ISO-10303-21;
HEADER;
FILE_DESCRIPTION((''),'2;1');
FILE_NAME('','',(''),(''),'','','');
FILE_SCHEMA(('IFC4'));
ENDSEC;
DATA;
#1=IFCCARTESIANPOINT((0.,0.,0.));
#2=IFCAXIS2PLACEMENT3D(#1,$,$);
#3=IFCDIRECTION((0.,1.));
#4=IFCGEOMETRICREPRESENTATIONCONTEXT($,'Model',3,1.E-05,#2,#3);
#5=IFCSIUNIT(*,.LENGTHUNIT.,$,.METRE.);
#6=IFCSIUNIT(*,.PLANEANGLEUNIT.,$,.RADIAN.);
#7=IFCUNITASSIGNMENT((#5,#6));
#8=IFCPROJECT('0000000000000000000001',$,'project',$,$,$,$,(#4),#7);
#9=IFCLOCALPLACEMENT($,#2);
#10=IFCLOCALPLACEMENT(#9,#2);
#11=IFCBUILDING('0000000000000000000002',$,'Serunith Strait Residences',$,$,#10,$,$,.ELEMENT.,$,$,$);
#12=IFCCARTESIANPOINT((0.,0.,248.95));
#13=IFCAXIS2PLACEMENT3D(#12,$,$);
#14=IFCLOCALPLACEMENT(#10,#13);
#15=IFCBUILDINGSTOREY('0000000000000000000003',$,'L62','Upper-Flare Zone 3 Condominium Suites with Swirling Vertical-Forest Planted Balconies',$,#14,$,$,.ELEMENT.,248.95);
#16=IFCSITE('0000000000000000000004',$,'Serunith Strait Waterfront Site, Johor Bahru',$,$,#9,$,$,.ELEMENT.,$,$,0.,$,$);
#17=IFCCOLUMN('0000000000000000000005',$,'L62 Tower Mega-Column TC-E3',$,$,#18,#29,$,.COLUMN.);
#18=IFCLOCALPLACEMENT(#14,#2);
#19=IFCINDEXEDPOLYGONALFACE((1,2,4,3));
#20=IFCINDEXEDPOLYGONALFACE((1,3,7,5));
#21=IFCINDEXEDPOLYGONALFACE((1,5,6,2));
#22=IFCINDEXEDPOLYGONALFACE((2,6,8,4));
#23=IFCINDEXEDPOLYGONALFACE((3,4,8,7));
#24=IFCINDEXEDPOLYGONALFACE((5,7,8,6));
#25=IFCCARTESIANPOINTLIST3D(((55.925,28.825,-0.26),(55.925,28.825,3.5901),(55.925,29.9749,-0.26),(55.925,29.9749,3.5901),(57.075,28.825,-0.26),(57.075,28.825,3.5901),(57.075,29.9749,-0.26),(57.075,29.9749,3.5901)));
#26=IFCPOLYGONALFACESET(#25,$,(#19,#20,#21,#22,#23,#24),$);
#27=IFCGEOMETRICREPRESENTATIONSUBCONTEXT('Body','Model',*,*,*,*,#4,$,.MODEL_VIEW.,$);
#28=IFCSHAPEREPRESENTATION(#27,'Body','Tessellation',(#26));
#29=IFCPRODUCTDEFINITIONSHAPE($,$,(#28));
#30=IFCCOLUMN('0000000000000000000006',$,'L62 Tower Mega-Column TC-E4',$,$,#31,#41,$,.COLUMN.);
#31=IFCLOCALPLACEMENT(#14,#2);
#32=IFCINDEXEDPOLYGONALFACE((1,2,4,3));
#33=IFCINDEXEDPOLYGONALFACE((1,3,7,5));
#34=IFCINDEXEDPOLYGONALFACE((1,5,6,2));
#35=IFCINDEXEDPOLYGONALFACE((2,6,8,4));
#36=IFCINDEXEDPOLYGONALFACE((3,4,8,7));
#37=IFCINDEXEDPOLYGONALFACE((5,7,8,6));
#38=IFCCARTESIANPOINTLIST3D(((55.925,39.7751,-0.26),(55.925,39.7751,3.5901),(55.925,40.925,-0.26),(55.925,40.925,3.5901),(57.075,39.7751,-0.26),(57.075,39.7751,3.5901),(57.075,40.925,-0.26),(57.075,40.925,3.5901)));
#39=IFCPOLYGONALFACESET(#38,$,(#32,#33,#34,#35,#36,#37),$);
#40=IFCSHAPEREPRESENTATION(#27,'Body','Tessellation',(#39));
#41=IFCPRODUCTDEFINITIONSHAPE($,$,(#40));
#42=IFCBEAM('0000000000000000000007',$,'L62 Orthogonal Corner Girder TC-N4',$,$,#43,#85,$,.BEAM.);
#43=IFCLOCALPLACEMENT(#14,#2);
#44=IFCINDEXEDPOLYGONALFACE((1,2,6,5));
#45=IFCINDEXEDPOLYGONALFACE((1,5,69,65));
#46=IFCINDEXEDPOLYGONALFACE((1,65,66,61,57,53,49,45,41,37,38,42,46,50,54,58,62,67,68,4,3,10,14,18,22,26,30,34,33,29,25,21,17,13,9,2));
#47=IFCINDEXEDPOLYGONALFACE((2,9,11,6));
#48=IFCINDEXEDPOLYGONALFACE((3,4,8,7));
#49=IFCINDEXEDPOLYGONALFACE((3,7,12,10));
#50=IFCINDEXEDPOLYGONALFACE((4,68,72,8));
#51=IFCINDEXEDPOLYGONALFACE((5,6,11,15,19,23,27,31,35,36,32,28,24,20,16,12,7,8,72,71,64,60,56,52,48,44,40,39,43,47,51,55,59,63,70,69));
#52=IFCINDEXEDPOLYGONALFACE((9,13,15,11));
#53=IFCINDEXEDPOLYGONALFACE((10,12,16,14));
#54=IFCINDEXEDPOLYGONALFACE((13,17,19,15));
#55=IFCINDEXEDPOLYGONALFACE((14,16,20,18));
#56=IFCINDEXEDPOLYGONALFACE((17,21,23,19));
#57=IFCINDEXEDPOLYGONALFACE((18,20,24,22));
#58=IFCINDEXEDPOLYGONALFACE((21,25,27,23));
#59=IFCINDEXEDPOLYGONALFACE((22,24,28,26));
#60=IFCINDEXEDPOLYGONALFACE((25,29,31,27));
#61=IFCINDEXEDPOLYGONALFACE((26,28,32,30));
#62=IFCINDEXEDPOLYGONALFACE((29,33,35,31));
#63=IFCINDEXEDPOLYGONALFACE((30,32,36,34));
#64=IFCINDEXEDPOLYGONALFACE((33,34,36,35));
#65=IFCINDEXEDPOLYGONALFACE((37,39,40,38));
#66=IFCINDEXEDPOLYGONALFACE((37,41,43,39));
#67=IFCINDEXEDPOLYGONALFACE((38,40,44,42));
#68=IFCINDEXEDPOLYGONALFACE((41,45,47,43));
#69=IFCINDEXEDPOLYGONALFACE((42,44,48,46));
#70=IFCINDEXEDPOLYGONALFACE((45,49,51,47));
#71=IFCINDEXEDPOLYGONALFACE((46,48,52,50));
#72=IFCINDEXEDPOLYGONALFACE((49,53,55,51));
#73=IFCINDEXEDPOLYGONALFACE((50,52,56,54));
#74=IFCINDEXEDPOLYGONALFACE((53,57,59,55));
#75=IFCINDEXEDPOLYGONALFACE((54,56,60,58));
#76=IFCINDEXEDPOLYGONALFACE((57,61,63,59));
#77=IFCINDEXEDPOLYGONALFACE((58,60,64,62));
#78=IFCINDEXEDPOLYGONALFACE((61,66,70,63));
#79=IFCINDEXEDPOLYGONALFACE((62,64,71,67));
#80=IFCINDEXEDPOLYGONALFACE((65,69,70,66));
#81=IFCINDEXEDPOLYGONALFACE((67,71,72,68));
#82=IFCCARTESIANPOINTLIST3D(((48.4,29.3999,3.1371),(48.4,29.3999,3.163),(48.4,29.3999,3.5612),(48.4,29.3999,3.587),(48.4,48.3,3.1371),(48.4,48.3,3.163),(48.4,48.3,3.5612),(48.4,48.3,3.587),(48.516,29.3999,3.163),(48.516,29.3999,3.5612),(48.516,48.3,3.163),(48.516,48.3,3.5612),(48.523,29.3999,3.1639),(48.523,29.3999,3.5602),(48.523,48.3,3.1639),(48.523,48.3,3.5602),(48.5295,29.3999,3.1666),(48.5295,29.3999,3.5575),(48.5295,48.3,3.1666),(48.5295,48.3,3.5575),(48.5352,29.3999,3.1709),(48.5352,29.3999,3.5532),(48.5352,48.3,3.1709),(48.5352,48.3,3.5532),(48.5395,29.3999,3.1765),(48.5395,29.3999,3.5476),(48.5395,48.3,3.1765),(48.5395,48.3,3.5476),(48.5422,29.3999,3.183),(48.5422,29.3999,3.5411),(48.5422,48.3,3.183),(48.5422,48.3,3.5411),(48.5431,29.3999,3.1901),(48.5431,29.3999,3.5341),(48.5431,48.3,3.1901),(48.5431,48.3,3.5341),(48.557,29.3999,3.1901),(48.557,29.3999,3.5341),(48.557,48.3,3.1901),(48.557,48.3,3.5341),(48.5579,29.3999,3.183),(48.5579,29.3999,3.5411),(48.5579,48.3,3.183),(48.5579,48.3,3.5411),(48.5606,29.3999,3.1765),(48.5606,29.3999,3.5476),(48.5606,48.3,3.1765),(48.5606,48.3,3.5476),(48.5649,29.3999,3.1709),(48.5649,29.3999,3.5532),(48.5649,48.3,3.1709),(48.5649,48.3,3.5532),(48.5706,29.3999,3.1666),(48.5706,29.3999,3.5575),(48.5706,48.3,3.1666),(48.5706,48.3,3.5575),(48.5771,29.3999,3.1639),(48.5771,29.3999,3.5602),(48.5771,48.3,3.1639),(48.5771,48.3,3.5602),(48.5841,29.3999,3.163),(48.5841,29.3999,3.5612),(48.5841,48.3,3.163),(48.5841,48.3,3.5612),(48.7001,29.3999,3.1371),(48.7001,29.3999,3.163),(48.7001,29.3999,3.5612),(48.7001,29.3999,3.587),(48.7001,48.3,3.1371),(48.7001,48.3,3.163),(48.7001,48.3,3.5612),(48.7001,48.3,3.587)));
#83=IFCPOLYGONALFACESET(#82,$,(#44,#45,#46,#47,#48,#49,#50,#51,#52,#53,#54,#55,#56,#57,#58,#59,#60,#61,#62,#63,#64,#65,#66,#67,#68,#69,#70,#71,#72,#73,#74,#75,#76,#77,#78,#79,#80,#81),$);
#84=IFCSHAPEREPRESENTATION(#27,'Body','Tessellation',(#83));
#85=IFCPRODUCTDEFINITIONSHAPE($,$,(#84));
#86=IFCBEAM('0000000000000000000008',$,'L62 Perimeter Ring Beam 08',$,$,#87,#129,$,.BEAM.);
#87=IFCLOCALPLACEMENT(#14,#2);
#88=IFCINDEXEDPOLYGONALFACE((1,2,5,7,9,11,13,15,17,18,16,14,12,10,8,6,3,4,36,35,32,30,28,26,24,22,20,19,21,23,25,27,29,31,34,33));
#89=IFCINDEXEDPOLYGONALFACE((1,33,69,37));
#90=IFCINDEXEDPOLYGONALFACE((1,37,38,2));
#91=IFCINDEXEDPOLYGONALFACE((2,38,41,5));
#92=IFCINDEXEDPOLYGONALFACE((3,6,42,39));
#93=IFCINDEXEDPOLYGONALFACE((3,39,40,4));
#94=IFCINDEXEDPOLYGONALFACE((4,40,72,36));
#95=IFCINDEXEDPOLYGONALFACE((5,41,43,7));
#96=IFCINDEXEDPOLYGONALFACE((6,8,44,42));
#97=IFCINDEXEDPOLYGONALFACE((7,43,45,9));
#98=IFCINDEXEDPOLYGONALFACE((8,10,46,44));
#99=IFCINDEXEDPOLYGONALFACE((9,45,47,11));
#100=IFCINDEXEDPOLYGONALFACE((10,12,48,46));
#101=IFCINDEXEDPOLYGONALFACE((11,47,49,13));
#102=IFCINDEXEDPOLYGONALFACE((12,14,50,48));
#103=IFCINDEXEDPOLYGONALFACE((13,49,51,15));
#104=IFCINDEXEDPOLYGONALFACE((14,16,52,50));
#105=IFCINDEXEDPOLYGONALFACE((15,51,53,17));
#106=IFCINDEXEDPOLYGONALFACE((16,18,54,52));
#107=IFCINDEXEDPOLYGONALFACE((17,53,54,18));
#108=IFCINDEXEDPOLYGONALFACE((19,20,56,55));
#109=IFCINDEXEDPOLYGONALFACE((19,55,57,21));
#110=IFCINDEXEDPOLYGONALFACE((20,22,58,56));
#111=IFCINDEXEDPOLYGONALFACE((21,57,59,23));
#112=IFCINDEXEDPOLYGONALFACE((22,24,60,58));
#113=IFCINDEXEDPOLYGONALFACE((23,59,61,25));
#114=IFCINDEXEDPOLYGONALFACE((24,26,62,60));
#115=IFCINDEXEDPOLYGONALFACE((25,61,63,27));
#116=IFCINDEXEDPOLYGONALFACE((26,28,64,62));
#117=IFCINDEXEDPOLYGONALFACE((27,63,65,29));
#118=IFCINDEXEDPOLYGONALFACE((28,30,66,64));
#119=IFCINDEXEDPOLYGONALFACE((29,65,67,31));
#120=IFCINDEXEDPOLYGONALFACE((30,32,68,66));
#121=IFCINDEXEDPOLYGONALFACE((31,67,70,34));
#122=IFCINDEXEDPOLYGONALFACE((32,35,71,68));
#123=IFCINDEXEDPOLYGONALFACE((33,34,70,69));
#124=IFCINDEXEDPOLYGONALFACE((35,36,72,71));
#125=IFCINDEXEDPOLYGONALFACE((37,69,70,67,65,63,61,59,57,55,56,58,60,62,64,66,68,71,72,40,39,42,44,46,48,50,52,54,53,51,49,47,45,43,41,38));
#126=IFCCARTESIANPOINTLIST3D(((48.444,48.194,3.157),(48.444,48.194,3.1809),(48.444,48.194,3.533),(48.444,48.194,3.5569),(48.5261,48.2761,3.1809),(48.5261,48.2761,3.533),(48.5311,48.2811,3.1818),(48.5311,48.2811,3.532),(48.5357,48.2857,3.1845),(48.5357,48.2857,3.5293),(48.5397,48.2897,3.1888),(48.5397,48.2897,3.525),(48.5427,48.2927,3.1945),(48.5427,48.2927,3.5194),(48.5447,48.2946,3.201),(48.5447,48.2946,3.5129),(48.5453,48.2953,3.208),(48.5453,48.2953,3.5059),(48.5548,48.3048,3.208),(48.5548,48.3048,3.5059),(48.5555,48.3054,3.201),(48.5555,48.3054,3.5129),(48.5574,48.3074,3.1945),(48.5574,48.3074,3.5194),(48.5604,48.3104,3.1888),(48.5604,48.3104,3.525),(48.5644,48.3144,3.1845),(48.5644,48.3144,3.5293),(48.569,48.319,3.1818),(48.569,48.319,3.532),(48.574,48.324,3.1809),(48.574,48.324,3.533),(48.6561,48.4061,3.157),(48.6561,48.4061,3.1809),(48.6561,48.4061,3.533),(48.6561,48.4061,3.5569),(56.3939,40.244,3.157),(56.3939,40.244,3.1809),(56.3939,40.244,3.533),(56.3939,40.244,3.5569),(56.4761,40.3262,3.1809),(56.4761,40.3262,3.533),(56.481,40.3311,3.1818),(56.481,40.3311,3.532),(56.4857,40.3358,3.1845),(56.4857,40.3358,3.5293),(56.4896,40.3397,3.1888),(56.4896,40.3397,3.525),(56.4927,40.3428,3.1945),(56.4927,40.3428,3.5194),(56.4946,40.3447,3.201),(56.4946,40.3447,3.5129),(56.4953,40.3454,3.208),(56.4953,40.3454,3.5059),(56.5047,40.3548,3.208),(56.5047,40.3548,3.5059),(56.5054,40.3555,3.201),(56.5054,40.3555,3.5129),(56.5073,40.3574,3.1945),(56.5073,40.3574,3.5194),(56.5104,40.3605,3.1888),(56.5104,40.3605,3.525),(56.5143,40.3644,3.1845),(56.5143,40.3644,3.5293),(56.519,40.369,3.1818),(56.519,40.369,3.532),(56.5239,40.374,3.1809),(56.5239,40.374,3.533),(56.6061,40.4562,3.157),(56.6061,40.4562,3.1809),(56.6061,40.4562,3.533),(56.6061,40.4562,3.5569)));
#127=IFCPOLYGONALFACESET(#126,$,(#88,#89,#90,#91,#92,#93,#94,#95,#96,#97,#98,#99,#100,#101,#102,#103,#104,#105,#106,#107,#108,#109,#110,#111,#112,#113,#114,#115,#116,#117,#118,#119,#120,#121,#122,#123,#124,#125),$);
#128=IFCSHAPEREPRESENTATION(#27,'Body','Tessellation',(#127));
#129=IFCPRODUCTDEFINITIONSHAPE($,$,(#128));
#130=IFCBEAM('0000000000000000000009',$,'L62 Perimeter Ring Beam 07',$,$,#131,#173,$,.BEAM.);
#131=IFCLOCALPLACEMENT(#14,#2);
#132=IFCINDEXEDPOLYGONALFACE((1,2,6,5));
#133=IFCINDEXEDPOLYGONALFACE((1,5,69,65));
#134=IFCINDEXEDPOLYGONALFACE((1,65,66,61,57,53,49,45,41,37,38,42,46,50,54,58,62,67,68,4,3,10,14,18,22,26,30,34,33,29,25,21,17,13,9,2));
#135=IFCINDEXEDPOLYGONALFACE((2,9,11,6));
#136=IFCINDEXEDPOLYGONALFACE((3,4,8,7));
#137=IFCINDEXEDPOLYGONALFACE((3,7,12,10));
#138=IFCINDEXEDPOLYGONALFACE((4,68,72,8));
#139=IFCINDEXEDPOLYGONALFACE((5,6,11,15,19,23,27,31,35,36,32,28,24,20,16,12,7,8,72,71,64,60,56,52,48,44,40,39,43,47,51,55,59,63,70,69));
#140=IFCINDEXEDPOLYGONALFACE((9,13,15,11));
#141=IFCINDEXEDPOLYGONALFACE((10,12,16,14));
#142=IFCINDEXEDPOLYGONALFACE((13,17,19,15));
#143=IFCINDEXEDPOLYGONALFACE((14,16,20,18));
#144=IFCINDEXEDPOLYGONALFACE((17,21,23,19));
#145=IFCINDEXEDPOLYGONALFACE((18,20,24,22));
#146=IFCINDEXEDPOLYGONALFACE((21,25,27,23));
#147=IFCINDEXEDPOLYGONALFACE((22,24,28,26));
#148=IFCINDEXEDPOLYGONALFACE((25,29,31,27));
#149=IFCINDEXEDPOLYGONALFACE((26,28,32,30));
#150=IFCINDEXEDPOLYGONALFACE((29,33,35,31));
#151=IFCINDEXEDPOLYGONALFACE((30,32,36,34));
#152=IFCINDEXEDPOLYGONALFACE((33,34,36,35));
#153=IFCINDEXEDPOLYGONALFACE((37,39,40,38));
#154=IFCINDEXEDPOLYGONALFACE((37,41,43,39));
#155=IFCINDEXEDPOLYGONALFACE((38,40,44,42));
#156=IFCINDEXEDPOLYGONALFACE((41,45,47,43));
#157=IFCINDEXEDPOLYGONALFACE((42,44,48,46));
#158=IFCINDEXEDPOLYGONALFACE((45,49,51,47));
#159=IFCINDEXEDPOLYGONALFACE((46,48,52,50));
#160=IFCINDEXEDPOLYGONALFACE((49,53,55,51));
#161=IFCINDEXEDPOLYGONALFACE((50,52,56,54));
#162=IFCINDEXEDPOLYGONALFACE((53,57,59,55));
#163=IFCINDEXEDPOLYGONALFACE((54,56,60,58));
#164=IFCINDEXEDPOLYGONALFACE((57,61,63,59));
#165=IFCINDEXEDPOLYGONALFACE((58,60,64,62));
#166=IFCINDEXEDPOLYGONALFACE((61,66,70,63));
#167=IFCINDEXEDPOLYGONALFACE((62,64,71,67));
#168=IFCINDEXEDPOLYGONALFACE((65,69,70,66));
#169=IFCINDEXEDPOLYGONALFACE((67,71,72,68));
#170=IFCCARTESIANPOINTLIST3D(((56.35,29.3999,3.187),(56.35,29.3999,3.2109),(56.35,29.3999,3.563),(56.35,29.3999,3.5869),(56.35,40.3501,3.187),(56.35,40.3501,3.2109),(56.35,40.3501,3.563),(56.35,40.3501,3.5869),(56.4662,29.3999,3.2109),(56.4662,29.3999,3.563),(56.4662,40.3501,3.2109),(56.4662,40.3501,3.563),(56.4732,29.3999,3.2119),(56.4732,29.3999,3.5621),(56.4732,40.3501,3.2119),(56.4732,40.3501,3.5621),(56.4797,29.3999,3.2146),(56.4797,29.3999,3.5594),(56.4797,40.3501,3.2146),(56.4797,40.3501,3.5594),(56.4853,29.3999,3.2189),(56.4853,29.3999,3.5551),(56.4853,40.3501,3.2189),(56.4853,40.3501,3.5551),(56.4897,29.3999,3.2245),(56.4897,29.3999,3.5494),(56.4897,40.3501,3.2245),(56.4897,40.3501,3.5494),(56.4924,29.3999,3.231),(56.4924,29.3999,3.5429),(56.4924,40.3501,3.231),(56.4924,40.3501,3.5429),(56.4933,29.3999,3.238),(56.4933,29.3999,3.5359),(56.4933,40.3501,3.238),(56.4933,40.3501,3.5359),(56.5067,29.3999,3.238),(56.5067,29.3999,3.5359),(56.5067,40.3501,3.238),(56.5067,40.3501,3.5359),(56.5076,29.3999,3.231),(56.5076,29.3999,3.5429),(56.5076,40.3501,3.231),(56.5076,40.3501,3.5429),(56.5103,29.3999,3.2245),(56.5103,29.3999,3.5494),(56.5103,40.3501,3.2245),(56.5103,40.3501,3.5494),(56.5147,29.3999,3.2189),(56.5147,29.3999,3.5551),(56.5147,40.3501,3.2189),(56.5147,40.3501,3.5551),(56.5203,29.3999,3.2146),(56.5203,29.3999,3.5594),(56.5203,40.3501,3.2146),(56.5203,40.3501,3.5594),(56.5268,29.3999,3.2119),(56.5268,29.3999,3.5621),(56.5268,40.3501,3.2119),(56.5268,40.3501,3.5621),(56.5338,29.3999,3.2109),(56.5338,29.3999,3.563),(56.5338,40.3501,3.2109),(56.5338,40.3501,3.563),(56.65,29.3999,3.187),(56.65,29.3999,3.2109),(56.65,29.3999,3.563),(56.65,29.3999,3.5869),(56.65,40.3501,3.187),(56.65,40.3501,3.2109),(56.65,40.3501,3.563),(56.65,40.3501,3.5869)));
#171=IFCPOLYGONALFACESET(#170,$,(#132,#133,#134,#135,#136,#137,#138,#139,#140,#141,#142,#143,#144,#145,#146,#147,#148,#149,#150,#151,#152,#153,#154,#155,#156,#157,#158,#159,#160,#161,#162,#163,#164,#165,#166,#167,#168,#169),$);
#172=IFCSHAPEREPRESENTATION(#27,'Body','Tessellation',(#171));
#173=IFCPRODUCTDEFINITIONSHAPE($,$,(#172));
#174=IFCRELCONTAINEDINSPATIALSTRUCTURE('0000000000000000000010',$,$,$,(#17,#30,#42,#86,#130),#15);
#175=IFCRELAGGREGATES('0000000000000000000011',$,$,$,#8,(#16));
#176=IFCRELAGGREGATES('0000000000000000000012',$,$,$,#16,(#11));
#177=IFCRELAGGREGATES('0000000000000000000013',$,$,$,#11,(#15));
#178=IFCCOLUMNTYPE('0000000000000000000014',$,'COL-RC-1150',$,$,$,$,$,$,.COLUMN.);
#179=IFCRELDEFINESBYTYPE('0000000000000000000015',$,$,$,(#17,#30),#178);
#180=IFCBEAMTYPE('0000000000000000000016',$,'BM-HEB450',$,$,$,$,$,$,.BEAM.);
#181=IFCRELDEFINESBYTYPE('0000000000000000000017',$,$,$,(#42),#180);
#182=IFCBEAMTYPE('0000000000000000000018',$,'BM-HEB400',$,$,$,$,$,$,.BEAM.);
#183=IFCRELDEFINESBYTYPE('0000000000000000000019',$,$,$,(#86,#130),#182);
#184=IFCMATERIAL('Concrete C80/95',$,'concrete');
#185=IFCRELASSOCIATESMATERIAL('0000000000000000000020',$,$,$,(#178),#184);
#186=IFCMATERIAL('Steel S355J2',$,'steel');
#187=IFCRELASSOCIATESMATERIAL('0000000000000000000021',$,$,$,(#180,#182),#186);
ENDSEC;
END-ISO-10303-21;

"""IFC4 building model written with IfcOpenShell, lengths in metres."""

from ifc_helpers import new_model, si_unit, direction, frame, origin, origin_2d, place, context, subcontext, project, spatial, rectangle, i_section, extrude, source, transform, mapped, material, material_profile, profile_set, type_object, element, save


model = new_model("IFC4")

# Units and contexts
model_context = context("Model", 3, precision=1e-05, world=origin(), true_north=direction((0.0, 1.0)))
body_context = subcontext(model_context, "Body", "Model", "MODEL_VIEW")
ifc_project = project(units=[si_unit("LENGTHUNIT", "METRE"), si_unit("PLANEANGLEUNIT", "RADIAN")], contexts=[model_context])

# Site, building, storey
site_placement = place(None, origin())
site = spatial("IfcSite", under=ifc_project, at=site_placement, Name="Serunith Strait Waterfront Site, Johor Bahru", CompositionType="ELEMENT", RefElevation=0.0)
building_placement = place(site_placement, origin())
building = spatial("IfcBuilding", under=site, at=building_placement, Name="Serunith Strait Residences", CompositionType="ELEMENT")
storey_placement = place(building_placement, frame((0.0, 0.0, 248.95)))
storey = spatial("IfcBuildingStorey", under=building, at=storey_placement, Name="L62", Description="Upper-Flare Zone 3 Condominium Suites with Swirling Vertical-Forest Planted Balconies", CompositionType="ELEMENT", Elevation=248.95)

# Columns
ifc_material_1 = material(Name="Concrete C80/95", Category="concrete")
ifc_material_profile_1 = material_profile(ifc_material_1, rectangle(XDim=1.1499, YDim=1.1499, at=origin_2d()), Name="RC 1150x1150")
ifc_profile_set_1 = profile_set([ifc_material_profile_1], Name="Concrete C80/95")
column_type = type_object("IfcColumnType", Name="COL-RC-1150", PredefinedType="COLUMN", material=ifc_profile_set_1)
shared_shape_1 = source(origin(), body_context, "Body", "SweptSolid", [
    extrude(rectangle(XDim=1.1499, YDim=1.1499, at=origin_2d()), origin(), (0.0, 0.0, 1.0), 3.8501),
])
for number, where, z_axis, x_axis, name in (
    (1, (56.5, 29.3999, -0.26), (0.0, 0.0, 1.0), (1.0, 0.0, 0.0), "L62 Tower Mega-Column TC-E3"),
    (2, (56.5, 40.3501, -0.26), (0.0, 0.0, 1.0), (1.0, 0.0, 0.0), "L62 Tower Mega-Column TC-E4"),
):
    element("IfcColumn", number, at=place(storey_placement, frame(where, z_axis=z_axis, x_axis=x_axis)), inside=storey, type_object=column_type, Name=name, PredefinedType="COLUMN", context=body_context, shape_type="MappedRepresentation", body=[
        mapped(shared_shape_1, transform((0.0, 0.0, 0.0), scale=1.0)),
    ])

# Beams
ifc_material_2 = material(Name="Steel S355J2", Category="steel")
ifc_material_profile_2 = material_profile(ifc_material_2, i_section(OverallWidth=0.3, OverallDepth=0.45, WebThickness=0.0139, FlangeThickness=0.0259, FilletRadius=0.0271, at=origin_2d()), Name="HEB 450")
ifc_profile_set_2 = profile_set([ifc_material_profile_2], Name="Steel S355J2")
beam_type_1 = type_object("IfcBeamType", Name="BM-HEB450", PredefinedType="BEAM", material=ifc_profile_set_2)
shared_shape_2 = source(origin(), body_context, "Body", "SweptSolid", [
    extrude(i_section(OverallWidth=0.3, OverallDepth=0.45, WebThickness=0.0139, FlangeThickness=0.0259, FilletRadius=0.0271, at=origin_2d()), origin(), (0.0, 0.0, 1.0), 18.9001),
])
beam_1_placement = place(storey_placement, frame((48.55, 29.3999, 3.3621), z_axis=(0.0, 1.0, 0.0), x_axis=(-1.0, 0.0, 0.0)))
element("IfcBeam", 3, at=beam_1_placement, inside=storey, type_object=beam_type_1, Name="L62 Orthogonal Corner Girder TC-N4", PredefinedType="BEAM", context=body_context, shape_type="MappedRepresentation", body=[
    mapped(shared_shape_2, transform((0.0, 0.0, 0.0), scale=1.0)),
])
ifc_material_profile_3 = material_profile(ifc_material_2, i_section(OverallWidth=0.3, OverallDepth=0.3999, WebThickness=0.0134, FlangeThickness=0.0239, FilletRadius=0.0271, at=origin_2d()), Name="HEB 400")
ifc_profile_set_3 = profile_set([ifc_material_profile_3], Name="Steel S355J2")
beam_type_2 = type_object("IfcBeamType", Name="BM-HEB400", PredefinedType="BEAM", material=ifc_profile_set_3)
shared_shape_3 = source(origin(), body_context, "Body", "SweptSolid", [
    extrude(i_section(OverallWidth=0.3, OverallDepth=0.3999, WebThickness=0.0134, FlangeThickness=0.0239, FilletRadius=0.0271, at=origin_2d()), origin(), (0.0, 0.0, 1.0), 11.2429),
])
beam_2_placement = place(storey_placement, frame((56.5, 40.3501, 3.3569), z_axis=(-0.707107, 0.707107, 0.0), x_axis=(-0.707107, -0.707107, 0.0)))
element("IfcBeam", 4, at=beam_2_placement, inside=storey, type_object=beam_type_2, Name="L62 Perimeter Ring Beam 08", PredefinedType="BEAM", context=body_context, shape_type="MappedRepresentation", body=[
    mapped(shared_shape_3, transform((0.0, 0.0, 0.0), scale=1.0)),
])
shared_shape_4 = source(origin(), body_context, "Body", "SweptSolid", [
    extrude(i_section(OverallWidth=0.3, OverallDepth=0.3999, WebThickness=0.0134, FlangeThickness=0.0239, FilletRadius=0.0271, at=origin_2d()), origin(), (0.0, 0.0, 1.0), 10.9502),
])
beam_3_placement = place(storey_placement, frame((56.5, 29.3999, 3.387), z_axis=(0.0, 1.0, 0.0), x_axis=(-1.0, 0.0, 0.0)))
element("IfcBeam", 5, at=beam_3_placement, inside=storey, type_object=beam_type_2, Name="L62 Perimeter Ring Beam 07", PredefinedType="BEAM", context=body_context, shape_type="MappedRepresentation", body=[
    mapped(shared_shape_4, transform((0.0, 0.0, 0.0), scale=1.0)),
])

save(model, "model.ifc")
